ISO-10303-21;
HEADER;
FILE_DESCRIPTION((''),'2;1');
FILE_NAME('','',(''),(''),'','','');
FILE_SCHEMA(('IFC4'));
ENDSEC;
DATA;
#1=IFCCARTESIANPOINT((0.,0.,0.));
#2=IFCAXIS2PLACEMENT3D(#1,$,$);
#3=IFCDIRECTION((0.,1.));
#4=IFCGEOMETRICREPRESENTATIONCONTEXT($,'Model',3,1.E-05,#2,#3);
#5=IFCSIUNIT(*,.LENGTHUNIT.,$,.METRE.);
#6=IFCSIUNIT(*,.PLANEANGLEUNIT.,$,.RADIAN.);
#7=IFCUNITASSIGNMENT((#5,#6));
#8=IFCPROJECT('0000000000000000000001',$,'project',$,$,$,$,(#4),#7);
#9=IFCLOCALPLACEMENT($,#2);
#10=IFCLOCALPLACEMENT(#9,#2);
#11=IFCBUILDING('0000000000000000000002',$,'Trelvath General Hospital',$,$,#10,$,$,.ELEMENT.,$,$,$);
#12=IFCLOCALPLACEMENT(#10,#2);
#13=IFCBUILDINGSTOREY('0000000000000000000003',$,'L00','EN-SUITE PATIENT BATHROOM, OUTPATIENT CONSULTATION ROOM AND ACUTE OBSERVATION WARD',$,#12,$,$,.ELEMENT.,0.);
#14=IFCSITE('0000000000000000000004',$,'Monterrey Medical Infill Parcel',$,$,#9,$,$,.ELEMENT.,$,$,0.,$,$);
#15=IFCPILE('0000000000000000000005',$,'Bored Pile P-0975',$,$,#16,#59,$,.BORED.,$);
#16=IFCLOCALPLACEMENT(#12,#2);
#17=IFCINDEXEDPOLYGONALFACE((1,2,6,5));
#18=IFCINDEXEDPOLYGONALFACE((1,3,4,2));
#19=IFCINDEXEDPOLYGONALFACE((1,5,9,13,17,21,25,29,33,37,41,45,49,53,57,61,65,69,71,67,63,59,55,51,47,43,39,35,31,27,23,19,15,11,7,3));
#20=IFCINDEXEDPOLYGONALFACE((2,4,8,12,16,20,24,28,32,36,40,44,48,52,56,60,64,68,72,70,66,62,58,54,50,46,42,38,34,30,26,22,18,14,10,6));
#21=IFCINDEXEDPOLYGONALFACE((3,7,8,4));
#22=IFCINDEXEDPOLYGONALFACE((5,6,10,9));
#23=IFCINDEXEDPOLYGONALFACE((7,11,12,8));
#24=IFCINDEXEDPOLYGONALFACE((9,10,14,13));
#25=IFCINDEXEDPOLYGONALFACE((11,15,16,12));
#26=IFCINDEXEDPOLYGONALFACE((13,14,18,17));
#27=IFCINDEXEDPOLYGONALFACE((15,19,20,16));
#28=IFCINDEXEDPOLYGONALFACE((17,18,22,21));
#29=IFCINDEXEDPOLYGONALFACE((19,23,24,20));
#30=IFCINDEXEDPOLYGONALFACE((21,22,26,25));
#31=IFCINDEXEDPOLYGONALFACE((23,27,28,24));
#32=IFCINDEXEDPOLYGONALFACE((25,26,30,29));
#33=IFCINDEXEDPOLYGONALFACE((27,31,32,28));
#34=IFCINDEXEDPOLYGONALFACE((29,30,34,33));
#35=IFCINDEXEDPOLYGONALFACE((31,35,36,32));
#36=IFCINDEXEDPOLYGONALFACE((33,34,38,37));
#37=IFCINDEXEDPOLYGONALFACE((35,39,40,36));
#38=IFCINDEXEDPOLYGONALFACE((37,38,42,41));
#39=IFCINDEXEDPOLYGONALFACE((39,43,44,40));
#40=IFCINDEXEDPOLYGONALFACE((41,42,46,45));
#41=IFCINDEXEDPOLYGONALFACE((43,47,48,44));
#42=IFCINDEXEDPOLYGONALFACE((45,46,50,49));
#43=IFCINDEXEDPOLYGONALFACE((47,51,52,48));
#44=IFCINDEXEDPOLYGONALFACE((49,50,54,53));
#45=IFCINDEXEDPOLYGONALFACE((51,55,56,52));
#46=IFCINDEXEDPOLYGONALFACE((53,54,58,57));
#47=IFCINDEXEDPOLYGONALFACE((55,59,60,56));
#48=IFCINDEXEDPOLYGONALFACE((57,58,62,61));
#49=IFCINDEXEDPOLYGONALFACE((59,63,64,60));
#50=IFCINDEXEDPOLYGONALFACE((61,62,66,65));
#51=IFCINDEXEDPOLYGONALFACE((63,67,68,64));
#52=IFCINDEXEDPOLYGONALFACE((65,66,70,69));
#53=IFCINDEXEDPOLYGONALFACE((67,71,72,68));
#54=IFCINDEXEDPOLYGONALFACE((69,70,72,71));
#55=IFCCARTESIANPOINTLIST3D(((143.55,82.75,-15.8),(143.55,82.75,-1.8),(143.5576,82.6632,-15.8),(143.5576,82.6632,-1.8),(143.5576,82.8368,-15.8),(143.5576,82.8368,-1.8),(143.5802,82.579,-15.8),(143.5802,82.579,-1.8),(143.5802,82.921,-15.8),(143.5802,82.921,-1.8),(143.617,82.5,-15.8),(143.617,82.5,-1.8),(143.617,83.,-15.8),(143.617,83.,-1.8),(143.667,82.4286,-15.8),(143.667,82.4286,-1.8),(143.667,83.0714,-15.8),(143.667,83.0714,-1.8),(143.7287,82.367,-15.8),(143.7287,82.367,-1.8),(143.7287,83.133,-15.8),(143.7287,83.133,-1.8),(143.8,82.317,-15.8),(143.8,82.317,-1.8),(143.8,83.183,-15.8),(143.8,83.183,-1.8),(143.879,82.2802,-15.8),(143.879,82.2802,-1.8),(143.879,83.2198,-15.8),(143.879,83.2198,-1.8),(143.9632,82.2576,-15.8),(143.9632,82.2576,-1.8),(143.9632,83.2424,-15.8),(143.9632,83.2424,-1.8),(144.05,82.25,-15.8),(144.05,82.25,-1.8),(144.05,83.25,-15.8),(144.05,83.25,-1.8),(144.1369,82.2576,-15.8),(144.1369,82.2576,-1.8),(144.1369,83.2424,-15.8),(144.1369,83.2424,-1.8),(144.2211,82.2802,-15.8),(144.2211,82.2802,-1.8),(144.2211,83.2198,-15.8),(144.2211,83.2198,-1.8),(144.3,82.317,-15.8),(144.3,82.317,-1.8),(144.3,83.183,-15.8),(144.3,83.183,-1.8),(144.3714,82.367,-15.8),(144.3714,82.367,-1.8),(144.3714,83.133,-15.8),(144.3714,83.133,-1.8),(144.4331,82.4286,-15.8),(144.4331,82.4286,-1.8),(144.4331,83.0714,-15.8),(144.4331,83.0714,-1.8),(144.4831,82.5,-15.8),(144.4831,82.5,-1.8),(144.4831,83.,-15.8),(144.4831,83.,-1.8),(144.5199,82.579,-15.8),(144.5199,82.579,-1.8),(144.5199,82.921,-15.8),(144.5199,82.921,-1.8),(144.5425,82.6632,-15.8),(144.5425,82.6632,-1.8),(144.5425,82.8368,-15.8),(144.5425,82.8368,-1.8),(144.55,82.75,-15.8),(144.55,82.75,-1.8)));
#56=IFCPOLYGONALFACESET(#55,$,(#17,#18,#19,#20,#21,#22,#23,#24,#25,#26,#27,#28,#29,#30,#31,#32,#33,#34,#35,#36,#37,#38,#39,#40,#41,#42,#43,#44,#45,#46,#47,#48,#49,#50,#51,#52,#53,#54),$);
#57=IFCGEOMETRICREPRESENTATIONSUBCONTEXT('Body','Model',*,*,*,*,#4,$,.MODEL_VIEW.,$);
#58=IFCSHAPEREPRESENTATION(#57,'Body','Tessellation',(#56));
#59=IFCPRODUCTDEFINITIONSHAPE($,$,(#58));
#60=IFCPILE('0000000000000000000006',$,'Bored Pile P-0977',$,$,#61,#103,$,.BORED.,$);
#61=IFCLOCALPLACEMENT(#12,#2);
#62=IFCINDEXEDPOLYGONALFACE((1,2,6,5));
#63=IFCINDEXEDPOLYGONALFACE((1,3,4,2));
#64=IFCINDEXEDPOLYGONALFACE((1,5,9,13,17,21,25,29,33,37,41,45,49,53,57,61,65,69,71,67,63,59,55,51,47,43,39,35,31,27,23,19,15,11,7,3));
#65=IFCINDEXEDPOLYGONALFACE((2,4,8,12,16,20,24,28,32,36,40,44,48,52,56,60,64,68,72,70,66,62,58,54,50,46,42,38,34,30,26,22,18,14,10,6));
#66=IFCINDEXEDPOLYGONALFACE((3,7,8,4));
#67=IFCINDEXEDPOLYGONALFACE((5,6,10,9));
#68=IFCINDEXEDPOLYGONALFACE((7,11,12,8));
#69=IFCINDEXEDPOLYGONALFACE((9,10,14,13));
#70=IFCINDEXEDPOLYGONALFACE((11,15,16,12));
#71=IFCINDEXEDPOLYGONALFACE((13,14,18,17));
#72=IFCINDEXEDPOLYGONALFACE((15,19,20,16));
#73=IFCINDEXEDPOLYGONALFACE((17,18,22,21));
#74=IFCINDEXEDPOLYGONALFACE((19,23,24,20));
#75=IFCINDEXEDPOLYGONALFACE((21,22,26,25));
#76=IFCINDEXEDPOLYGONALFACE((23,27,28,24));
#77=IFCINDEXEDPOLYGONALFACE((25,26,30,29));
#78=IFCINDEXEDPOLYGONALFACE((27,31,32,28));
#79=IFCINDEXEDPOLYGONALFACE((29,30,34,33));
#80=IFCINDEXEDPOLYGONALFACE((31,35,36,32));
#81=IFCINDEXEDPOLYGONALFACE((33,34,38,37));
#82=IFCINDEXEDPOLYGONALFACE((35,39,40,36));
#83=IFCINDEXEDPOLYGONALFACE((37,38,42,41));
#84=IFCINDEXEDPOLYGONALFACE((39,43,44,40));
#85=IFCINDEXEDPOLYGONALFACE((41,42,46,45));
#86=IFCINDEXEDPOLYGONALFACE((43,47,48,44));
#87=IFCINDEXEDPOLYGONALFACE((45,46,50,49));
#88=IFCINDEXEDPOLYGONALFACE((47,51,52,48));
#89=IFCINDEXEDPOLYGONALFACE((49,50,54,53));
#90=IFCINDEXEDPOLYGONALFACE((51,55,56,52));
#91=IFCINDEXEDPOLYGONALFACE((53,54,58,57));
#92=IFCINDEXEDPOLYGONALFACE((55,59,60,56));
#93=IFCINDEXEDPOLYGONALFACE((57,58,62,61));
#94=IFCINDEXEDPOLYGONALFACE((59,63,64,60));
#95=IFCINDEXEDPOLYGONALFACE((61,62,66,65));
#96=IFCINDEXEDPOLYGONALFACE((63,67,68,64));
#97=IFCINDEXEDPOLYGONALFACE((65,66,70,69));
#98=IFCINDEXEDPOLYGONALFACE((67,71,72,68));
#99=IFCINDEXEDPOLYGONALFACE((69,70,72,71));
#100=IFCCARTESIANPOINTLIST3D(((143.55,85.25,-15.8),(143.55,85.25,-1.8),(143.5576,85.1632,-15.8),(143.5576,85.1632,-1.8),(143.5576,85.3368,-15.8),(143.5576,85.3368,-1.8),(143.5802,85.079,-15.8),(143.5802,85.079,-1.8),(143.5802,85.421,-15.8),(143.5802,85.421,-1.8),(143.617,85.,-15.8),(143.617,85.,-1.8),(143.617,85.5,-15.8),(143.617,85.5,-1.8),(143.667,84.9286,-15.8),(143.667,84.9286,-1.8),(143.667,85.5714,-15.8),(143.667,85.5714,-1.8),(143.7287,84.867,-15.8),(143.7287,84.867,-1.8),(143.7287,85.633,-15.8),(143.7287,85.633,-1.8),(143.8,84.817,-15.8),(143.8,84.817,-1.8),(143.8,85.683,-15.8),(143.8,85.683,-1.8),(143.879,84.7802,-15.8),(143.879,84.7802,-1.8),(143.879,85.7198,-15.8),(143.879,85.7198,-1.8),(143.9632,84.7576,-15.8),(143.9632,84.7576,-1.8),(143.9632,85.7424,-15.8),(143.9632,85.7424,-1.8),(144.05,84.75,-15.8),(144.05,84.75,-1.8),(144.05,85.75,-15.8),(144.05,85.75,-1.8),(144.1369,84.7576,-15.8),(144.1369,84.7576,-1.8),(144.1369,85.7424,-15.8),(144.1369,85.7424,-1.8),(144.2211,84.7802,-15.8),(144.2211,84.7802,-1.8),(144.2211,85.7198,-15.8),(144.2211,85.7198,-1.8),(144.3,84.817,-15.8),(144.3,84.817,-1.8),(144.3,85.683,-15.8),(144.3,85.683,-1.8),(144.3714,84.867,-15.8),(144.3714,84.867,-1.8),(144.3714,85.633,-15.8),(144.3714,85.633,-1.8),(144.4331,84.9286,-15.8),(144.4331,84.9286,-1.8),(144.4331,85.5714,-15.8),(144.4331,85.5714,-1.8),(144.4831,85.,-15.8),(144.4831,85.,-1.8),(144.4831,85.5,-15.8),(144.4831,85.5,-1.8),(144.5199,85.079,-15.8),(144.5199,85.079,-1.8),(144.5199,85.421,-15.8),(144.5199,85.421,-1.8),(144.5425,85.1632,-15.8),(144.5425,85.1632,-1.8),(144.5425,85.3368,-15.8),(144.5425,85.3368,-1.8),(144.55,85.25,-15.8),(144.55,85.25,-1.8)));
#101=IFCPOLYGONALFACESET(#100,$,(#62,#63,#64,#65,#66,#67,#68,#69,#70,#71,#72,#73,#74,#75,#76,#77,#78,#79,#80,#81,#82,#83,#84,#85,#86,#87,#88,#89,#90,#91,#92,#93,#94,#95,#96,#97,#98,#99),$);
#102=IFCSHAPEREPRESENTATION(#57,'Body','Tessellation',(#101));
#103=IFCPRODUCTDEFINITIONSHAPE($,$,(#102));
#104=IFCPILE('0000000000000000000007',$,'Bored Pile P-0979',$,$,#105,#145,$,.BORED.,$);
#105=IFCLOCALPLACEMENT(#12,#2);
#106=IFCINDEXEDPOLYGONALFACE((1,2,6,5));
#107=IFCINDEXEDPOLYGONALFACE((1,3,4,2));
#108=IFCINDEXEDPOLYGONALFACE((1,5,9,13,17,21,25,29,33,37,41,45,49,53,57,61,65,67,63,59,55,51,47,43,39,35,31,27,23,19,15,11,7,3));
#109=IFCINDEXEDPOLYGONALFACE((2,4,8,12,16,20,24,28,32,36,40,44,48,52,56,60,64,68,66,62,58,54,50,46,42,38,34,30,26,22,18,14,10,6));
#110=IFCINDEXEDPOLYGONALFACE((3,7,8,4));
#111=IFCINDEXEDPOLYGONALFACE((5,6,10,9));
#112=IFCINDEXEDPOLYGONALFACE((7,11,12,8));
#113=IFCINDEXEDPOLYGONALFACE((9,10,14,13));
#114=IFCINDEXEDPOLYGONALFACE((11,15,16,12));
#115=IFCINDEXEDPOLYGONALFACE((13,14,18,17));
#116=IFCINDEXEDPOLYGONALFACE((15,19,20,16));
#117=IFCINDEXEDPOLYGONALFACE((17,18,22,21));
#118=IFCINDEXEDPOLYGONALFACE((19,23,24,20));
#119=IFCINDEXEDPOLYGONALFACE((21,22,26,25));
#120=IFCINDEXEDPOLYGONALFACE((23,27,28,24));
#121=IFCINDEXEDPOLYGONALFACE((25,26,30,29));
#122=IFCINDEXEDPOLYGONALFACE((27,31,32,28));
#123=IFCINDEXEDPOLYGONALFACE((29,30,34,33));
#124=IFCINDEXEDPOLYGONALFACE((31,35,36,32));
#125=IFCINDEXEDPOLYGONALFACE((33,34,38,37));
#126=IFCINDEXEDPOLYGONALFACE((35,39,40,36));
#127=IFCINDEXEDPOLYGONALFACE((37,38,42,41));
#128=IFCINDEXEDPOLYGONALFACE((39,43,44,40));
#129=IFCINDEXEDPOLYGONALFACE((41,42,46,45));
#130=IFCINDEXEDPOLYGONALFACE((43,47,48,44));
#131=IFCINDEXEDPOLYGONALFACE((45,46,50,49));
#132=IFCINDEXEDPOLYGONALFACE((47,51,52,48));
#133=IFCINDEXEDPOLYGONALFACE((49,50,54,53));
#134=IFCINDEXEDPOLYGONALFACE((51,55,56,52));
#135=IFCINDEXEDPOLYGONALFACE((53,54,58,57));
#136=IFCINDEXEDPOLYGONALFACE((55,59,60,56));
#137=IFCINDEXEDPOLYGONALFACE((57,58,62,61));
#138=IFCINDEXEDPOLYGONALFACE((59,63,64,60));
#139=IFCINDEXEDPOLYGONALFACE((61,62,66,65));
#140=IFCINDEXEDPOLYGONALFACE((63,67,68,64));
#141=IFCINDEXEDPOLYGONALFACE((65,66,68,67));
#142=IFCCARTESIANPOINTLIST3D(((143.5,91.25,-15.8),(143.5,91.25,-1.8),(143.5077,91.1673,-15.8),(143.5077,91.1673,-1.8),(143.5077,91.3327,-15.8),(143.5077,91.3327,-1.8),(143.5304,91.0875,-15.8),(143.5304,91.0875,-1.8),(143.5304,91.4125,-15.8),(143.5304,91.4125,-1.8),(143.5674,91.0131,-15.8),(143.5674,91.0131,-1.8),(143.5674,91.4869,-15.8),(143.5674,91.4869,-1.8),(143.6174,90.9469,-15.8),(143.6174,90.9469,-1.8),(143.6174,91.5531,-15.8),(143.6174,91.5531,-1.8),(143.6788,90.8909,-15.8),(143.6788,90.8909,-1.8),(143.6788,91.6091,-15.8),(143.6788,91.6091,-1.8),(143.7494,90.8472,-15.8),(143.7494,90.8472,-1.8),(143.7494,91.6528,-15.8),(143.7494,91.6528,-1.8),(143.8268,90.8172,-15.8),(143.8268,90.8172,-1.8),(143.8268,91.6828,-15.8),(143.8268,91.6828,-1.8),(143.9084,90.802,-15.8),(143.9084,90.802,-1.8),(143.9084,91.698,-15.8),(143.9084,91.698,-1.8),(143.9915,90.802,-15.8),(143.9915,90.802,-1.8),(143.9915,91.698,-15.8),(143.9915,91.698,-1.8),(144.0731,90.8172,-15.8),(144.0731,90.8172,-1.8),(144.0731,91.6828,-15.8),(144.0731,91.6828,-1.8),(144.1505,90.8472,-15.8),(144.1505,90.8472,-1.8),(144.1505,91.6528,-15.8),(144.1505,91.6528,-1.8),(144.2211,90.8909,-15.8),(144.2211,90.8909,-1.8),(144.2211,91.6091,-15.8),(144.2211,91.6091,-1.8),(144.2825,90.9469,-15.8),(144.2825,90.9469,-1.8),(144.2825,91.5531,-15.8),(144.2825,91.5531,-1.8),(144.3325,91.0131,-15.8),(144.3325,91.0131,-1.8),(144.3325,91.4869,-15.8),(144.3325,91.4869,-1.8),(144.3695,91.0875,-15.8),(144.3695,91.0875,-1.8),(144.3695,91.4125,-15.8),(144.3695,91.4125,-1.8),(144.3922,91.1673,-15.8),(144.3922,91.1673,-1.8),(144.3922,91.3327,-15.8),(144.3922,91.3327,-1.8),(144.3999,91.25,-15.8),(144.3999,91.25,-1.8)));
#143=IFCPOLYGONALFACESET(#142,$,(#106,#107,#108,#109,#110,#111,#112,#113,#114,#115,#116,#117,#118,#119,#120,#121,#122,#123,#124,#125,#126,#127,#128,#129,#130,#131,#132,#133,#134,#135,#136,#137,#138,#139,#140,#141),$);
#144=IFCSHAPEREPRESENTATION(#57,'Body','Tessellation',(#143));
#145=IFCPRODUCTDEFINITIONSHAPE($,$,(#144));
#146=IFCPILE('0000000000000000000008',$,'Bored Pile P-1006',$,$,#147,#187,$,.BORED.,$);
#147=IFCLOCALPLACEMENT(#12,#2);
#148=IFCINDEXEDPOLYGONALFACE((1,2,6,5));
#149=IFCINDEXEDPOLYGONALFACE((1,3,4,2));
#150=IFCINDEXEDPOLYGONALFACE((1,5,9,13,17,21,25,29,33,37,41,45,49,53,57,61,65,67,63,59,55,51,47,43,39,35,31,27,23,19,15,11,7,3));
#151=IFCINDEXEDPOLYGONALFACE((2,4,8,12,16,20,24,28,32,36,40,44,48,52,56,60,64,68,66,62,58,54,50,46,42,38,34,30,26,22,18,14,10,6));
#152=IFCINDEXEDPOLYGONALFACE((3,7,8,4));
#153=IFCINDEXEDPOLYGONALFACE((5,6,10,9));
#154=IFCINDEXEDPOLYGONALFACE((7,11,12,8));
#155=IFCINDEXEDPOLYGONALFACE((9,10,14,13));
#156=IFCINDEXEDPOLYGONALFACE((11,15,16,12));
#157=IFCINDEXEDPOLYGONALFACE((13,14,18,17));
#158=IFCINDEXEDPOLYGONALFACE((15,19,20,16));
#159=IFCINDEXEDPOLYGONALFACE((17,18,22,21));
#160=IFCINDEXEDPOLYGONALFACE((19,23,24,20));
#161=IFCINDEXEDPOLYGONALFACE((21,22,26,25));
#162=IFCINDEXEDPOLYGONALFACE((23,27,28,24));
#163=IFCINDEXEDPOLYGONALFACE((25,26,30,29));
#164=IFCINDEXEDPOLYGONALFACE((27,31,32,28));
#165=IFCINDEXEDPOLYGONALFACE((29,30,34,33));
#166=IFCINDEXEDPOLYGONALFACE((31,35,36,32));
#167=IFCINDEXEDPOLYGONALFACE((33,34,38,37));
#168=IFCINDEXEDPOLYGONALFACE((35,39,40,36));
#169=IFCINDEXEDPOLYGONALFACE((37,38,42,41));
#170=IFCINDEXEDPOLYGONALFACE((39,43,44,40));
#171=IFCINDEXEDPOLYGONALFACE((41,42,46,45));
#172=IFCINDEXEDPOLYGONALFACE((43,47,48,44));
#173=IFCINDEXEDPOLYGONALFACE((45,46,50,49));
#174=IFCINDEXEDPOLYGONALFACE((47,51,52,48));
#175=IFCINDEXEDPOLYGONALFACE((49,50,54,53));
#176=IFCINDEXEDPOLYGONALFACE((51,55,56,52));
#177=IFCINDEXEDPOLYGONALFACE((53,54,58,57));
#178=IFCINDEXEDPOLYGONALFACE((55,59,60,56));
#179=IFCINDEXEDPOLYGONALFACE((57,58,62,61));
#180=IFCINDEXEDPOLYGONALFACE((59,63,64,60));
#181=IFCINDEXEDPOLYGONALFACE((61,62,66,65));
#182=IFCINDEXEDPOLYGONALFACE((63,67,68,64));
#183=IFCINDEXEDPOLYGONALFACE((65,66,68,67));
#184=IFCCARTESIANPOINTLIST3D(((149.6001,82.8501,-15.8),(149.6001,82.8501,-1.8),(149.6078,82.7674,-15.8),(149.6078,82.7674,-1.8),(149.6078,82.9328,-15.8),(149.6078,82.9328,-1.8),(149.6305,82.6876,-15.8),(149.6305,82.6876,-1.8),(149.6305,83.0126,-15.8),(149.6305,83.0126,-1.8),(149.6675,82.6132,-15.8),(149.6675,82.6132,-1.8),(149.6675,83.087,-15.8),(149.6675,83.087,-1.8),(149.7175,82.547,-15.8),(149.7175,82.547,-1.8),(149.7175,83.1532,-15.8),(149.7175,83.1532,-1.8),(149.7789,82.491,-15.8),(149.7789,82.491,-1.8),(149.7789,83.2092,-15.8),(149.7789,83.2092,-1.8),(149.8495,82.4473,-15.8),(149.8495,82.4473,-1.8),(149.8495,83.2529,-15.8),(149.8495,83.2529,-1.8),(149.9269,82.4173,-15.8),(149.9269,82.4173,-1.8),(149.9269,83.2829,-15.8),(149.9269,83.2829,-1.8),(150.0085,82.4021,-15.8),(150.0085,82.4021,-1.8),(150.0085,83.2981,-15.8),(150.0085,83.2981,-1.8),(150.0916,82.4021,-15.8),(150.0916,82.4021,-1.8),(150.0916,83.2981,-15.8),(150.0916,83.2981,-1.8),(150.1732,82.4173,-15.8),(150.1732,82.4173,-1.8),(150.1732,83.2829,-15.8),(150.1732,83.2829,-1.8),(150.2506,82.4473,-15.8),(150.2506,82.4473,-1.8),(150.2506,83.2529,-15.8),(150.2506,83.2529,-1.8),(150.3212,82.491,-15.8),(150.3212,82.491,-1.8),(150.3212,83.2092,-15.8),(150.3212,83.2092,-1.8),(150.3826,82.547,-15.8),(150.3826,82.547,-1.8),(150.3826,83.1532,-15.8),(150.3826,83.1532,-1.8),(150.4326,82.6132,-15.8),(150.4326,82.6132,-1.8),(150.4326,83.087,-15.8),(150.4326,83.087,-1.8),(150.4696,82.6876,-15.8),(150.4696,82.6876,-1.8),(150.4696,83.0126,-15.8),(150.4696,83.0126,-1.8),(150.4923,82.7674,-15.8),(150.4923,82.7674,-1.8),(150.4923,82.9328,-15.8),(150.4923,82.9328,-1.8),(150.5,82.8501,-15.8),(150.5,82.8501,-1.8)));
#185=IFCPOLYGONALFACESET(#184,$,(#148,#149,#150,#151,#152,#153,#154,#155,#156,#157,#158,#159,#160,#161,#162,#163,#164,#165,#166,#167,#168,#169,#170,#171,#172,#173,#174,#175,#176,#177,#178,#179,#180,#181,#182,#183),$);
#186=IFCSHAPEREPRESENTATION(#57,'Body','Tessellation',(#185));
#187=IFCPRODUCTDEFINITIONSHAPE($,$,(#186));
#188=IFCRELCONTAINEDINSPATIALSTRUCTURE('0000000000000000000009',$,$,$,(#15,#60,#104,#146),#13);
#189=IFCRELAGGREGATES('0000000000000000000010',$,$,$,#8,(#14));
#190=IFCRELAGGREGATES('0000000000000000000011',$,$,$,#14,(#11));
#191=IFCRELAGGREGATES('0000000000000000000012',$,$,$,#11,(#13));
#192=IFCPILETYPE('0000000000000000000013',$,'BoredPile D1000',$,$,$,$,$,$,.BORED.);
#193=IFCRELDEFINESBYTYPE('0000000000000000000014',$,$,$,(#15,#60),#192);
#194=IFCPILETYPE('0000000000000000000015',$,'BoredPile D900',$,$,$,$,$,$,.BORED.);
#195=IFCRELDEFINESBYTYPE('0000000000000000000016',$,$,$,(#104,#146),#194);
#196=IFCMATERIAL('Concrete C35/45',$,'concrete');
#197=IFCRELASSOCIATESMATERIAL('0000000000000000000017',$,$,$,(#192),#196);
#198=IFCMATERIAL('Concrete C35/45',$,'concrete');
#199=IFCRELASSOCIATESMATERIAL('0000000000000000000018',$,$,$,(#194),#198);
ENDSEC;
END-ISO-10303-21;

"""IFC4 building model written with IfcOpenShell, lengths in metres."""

from ifc_helpers import new_model, si_unit, direction, frame, origin, origin_2d, place, context, subcontext, project, spatial, circle, extrude, material, material_profile, profile_set, type_object, element, save


model = new_model("IFC4")

# Units and contexts
model_context = context("Model", 3, precision=1e-05, world=origin(), true_north=direction((0.0, 1.0)))
body_context = subcontext(model_context, "Body", "Model", "MODEL_VIEW")
ifc_project = project(units=[si_unit("LENGTHUNIT", "METRE"), si_unit("PLANEANGLEUNIT", "RADIAN")], contexts=[model_context])

# Site, building, storey
site_placement = place(None, origin())
site = spatial("IfcSite", under=ifc_project, at=site_placement, Name="Monterrey Medical Infill Parcel", CompositionType="ELEMENT", RefElevation=0.0)
building_placement = place(site_placement, origin())
building = spatial("IfcBuilding", under=site, at=building_placement, Name="Trelvath General Hospital", CompositionType="ELEMENT")
storey_placement = place(building_placement, origin())
storey = spatial("IfcBuildingStorey", under=building, at=storey_placement, Name="L00", Description="EN-SUITE PATIENT BATHROOM, OUTPATIENT CONSULTATION ROOM AND ACUTE OBSERVATION WARD", CompositionType="ELEMENT", Elevation=0.0)

# Piles
ifc_material_1 = material(Name="Concrete C35/45", Category="concrete")
ifc_material_profile_1 = material_profile(ifc_material_1, circle(Radius=0.5, at=origin_2d()), Name="PILE1000")
ifc_profile_set_1 = profile_set([ifc_material_profile_1], Name="Concrete C35/45")
pile_type_1 = type_object("IfcPileType", Name="BoredPile D1000", PredefinedType="BORED", material=ifc_profile_set_1)
for number, where, z_axis, x_axis, name in (
    (1, (144.05, 82.75, -1.8), (0.0, 0.0, -1.0), (1.0, 0.0, 0.0), "Bored Pile P-0975"),
    (2, (144.05, 85.25, -1.8), (0.0, 0.0, -1.0), (1.0, 0.0, 0.0), "Bored Pile P-0977"),
):
    element("IfcPile", number, at=place(storey_placement, frame(where, z_axis=z_axis, x_axis=x_axis)), inside=storey, type_object=pile_type_1, Name=name, PredefinedType="BORED", context=body_context, shape_type="SweptSolid", body=[
        extrude(circle(Radius=0.5, at=origin_2d()), origin(), (0.0, 0.0, 1.0), 14.0),
    ])
ifc_material_2 = material(Name="Concrete C35/45", Category="concrete")
ifc_material_profile_2 = material_profile(ifc_material_2, circle(Radius=0.45, at=origin_2d()), Name="PILE900")
ifc_profile_set_2 = profile_set([ifc_material_profile_2], Name="Concrete C35/45")
pile_type_2 = type_object("IfcPileType", Name="BoredPile D900", PredefinedType="BORED", material=ifc_profile_set_2)
for number, where, z_axis, x_axis, name in (
    (3, (143.95, 91.25, -1.8), (0.0, 0.0, -1.0), (1.0, 0.0, 0.0), "Bored Pile P-0979"),
    (4, (150.05, 82.8501, -1.8), (0.0, 0.0, -1.0), (1.0, 0.0, 0.0), "Bored Pile P-1006"),
):
    element("IfcPile", number, at=place(storey_placement, frame(where, z_axis=z_axis, x_axis=x_axis)), inside=storey, type_object=pile_type_2, Name=name, PredefinedType="BORED", context=body_context, shape_type="SweptSolid", body=[
        extrude(circle(Radius=0.45, at=origin_2d()), origin(), (0.0, 0.0, 1.0), 14.0),
    ])

save(model, "model.ifc")
